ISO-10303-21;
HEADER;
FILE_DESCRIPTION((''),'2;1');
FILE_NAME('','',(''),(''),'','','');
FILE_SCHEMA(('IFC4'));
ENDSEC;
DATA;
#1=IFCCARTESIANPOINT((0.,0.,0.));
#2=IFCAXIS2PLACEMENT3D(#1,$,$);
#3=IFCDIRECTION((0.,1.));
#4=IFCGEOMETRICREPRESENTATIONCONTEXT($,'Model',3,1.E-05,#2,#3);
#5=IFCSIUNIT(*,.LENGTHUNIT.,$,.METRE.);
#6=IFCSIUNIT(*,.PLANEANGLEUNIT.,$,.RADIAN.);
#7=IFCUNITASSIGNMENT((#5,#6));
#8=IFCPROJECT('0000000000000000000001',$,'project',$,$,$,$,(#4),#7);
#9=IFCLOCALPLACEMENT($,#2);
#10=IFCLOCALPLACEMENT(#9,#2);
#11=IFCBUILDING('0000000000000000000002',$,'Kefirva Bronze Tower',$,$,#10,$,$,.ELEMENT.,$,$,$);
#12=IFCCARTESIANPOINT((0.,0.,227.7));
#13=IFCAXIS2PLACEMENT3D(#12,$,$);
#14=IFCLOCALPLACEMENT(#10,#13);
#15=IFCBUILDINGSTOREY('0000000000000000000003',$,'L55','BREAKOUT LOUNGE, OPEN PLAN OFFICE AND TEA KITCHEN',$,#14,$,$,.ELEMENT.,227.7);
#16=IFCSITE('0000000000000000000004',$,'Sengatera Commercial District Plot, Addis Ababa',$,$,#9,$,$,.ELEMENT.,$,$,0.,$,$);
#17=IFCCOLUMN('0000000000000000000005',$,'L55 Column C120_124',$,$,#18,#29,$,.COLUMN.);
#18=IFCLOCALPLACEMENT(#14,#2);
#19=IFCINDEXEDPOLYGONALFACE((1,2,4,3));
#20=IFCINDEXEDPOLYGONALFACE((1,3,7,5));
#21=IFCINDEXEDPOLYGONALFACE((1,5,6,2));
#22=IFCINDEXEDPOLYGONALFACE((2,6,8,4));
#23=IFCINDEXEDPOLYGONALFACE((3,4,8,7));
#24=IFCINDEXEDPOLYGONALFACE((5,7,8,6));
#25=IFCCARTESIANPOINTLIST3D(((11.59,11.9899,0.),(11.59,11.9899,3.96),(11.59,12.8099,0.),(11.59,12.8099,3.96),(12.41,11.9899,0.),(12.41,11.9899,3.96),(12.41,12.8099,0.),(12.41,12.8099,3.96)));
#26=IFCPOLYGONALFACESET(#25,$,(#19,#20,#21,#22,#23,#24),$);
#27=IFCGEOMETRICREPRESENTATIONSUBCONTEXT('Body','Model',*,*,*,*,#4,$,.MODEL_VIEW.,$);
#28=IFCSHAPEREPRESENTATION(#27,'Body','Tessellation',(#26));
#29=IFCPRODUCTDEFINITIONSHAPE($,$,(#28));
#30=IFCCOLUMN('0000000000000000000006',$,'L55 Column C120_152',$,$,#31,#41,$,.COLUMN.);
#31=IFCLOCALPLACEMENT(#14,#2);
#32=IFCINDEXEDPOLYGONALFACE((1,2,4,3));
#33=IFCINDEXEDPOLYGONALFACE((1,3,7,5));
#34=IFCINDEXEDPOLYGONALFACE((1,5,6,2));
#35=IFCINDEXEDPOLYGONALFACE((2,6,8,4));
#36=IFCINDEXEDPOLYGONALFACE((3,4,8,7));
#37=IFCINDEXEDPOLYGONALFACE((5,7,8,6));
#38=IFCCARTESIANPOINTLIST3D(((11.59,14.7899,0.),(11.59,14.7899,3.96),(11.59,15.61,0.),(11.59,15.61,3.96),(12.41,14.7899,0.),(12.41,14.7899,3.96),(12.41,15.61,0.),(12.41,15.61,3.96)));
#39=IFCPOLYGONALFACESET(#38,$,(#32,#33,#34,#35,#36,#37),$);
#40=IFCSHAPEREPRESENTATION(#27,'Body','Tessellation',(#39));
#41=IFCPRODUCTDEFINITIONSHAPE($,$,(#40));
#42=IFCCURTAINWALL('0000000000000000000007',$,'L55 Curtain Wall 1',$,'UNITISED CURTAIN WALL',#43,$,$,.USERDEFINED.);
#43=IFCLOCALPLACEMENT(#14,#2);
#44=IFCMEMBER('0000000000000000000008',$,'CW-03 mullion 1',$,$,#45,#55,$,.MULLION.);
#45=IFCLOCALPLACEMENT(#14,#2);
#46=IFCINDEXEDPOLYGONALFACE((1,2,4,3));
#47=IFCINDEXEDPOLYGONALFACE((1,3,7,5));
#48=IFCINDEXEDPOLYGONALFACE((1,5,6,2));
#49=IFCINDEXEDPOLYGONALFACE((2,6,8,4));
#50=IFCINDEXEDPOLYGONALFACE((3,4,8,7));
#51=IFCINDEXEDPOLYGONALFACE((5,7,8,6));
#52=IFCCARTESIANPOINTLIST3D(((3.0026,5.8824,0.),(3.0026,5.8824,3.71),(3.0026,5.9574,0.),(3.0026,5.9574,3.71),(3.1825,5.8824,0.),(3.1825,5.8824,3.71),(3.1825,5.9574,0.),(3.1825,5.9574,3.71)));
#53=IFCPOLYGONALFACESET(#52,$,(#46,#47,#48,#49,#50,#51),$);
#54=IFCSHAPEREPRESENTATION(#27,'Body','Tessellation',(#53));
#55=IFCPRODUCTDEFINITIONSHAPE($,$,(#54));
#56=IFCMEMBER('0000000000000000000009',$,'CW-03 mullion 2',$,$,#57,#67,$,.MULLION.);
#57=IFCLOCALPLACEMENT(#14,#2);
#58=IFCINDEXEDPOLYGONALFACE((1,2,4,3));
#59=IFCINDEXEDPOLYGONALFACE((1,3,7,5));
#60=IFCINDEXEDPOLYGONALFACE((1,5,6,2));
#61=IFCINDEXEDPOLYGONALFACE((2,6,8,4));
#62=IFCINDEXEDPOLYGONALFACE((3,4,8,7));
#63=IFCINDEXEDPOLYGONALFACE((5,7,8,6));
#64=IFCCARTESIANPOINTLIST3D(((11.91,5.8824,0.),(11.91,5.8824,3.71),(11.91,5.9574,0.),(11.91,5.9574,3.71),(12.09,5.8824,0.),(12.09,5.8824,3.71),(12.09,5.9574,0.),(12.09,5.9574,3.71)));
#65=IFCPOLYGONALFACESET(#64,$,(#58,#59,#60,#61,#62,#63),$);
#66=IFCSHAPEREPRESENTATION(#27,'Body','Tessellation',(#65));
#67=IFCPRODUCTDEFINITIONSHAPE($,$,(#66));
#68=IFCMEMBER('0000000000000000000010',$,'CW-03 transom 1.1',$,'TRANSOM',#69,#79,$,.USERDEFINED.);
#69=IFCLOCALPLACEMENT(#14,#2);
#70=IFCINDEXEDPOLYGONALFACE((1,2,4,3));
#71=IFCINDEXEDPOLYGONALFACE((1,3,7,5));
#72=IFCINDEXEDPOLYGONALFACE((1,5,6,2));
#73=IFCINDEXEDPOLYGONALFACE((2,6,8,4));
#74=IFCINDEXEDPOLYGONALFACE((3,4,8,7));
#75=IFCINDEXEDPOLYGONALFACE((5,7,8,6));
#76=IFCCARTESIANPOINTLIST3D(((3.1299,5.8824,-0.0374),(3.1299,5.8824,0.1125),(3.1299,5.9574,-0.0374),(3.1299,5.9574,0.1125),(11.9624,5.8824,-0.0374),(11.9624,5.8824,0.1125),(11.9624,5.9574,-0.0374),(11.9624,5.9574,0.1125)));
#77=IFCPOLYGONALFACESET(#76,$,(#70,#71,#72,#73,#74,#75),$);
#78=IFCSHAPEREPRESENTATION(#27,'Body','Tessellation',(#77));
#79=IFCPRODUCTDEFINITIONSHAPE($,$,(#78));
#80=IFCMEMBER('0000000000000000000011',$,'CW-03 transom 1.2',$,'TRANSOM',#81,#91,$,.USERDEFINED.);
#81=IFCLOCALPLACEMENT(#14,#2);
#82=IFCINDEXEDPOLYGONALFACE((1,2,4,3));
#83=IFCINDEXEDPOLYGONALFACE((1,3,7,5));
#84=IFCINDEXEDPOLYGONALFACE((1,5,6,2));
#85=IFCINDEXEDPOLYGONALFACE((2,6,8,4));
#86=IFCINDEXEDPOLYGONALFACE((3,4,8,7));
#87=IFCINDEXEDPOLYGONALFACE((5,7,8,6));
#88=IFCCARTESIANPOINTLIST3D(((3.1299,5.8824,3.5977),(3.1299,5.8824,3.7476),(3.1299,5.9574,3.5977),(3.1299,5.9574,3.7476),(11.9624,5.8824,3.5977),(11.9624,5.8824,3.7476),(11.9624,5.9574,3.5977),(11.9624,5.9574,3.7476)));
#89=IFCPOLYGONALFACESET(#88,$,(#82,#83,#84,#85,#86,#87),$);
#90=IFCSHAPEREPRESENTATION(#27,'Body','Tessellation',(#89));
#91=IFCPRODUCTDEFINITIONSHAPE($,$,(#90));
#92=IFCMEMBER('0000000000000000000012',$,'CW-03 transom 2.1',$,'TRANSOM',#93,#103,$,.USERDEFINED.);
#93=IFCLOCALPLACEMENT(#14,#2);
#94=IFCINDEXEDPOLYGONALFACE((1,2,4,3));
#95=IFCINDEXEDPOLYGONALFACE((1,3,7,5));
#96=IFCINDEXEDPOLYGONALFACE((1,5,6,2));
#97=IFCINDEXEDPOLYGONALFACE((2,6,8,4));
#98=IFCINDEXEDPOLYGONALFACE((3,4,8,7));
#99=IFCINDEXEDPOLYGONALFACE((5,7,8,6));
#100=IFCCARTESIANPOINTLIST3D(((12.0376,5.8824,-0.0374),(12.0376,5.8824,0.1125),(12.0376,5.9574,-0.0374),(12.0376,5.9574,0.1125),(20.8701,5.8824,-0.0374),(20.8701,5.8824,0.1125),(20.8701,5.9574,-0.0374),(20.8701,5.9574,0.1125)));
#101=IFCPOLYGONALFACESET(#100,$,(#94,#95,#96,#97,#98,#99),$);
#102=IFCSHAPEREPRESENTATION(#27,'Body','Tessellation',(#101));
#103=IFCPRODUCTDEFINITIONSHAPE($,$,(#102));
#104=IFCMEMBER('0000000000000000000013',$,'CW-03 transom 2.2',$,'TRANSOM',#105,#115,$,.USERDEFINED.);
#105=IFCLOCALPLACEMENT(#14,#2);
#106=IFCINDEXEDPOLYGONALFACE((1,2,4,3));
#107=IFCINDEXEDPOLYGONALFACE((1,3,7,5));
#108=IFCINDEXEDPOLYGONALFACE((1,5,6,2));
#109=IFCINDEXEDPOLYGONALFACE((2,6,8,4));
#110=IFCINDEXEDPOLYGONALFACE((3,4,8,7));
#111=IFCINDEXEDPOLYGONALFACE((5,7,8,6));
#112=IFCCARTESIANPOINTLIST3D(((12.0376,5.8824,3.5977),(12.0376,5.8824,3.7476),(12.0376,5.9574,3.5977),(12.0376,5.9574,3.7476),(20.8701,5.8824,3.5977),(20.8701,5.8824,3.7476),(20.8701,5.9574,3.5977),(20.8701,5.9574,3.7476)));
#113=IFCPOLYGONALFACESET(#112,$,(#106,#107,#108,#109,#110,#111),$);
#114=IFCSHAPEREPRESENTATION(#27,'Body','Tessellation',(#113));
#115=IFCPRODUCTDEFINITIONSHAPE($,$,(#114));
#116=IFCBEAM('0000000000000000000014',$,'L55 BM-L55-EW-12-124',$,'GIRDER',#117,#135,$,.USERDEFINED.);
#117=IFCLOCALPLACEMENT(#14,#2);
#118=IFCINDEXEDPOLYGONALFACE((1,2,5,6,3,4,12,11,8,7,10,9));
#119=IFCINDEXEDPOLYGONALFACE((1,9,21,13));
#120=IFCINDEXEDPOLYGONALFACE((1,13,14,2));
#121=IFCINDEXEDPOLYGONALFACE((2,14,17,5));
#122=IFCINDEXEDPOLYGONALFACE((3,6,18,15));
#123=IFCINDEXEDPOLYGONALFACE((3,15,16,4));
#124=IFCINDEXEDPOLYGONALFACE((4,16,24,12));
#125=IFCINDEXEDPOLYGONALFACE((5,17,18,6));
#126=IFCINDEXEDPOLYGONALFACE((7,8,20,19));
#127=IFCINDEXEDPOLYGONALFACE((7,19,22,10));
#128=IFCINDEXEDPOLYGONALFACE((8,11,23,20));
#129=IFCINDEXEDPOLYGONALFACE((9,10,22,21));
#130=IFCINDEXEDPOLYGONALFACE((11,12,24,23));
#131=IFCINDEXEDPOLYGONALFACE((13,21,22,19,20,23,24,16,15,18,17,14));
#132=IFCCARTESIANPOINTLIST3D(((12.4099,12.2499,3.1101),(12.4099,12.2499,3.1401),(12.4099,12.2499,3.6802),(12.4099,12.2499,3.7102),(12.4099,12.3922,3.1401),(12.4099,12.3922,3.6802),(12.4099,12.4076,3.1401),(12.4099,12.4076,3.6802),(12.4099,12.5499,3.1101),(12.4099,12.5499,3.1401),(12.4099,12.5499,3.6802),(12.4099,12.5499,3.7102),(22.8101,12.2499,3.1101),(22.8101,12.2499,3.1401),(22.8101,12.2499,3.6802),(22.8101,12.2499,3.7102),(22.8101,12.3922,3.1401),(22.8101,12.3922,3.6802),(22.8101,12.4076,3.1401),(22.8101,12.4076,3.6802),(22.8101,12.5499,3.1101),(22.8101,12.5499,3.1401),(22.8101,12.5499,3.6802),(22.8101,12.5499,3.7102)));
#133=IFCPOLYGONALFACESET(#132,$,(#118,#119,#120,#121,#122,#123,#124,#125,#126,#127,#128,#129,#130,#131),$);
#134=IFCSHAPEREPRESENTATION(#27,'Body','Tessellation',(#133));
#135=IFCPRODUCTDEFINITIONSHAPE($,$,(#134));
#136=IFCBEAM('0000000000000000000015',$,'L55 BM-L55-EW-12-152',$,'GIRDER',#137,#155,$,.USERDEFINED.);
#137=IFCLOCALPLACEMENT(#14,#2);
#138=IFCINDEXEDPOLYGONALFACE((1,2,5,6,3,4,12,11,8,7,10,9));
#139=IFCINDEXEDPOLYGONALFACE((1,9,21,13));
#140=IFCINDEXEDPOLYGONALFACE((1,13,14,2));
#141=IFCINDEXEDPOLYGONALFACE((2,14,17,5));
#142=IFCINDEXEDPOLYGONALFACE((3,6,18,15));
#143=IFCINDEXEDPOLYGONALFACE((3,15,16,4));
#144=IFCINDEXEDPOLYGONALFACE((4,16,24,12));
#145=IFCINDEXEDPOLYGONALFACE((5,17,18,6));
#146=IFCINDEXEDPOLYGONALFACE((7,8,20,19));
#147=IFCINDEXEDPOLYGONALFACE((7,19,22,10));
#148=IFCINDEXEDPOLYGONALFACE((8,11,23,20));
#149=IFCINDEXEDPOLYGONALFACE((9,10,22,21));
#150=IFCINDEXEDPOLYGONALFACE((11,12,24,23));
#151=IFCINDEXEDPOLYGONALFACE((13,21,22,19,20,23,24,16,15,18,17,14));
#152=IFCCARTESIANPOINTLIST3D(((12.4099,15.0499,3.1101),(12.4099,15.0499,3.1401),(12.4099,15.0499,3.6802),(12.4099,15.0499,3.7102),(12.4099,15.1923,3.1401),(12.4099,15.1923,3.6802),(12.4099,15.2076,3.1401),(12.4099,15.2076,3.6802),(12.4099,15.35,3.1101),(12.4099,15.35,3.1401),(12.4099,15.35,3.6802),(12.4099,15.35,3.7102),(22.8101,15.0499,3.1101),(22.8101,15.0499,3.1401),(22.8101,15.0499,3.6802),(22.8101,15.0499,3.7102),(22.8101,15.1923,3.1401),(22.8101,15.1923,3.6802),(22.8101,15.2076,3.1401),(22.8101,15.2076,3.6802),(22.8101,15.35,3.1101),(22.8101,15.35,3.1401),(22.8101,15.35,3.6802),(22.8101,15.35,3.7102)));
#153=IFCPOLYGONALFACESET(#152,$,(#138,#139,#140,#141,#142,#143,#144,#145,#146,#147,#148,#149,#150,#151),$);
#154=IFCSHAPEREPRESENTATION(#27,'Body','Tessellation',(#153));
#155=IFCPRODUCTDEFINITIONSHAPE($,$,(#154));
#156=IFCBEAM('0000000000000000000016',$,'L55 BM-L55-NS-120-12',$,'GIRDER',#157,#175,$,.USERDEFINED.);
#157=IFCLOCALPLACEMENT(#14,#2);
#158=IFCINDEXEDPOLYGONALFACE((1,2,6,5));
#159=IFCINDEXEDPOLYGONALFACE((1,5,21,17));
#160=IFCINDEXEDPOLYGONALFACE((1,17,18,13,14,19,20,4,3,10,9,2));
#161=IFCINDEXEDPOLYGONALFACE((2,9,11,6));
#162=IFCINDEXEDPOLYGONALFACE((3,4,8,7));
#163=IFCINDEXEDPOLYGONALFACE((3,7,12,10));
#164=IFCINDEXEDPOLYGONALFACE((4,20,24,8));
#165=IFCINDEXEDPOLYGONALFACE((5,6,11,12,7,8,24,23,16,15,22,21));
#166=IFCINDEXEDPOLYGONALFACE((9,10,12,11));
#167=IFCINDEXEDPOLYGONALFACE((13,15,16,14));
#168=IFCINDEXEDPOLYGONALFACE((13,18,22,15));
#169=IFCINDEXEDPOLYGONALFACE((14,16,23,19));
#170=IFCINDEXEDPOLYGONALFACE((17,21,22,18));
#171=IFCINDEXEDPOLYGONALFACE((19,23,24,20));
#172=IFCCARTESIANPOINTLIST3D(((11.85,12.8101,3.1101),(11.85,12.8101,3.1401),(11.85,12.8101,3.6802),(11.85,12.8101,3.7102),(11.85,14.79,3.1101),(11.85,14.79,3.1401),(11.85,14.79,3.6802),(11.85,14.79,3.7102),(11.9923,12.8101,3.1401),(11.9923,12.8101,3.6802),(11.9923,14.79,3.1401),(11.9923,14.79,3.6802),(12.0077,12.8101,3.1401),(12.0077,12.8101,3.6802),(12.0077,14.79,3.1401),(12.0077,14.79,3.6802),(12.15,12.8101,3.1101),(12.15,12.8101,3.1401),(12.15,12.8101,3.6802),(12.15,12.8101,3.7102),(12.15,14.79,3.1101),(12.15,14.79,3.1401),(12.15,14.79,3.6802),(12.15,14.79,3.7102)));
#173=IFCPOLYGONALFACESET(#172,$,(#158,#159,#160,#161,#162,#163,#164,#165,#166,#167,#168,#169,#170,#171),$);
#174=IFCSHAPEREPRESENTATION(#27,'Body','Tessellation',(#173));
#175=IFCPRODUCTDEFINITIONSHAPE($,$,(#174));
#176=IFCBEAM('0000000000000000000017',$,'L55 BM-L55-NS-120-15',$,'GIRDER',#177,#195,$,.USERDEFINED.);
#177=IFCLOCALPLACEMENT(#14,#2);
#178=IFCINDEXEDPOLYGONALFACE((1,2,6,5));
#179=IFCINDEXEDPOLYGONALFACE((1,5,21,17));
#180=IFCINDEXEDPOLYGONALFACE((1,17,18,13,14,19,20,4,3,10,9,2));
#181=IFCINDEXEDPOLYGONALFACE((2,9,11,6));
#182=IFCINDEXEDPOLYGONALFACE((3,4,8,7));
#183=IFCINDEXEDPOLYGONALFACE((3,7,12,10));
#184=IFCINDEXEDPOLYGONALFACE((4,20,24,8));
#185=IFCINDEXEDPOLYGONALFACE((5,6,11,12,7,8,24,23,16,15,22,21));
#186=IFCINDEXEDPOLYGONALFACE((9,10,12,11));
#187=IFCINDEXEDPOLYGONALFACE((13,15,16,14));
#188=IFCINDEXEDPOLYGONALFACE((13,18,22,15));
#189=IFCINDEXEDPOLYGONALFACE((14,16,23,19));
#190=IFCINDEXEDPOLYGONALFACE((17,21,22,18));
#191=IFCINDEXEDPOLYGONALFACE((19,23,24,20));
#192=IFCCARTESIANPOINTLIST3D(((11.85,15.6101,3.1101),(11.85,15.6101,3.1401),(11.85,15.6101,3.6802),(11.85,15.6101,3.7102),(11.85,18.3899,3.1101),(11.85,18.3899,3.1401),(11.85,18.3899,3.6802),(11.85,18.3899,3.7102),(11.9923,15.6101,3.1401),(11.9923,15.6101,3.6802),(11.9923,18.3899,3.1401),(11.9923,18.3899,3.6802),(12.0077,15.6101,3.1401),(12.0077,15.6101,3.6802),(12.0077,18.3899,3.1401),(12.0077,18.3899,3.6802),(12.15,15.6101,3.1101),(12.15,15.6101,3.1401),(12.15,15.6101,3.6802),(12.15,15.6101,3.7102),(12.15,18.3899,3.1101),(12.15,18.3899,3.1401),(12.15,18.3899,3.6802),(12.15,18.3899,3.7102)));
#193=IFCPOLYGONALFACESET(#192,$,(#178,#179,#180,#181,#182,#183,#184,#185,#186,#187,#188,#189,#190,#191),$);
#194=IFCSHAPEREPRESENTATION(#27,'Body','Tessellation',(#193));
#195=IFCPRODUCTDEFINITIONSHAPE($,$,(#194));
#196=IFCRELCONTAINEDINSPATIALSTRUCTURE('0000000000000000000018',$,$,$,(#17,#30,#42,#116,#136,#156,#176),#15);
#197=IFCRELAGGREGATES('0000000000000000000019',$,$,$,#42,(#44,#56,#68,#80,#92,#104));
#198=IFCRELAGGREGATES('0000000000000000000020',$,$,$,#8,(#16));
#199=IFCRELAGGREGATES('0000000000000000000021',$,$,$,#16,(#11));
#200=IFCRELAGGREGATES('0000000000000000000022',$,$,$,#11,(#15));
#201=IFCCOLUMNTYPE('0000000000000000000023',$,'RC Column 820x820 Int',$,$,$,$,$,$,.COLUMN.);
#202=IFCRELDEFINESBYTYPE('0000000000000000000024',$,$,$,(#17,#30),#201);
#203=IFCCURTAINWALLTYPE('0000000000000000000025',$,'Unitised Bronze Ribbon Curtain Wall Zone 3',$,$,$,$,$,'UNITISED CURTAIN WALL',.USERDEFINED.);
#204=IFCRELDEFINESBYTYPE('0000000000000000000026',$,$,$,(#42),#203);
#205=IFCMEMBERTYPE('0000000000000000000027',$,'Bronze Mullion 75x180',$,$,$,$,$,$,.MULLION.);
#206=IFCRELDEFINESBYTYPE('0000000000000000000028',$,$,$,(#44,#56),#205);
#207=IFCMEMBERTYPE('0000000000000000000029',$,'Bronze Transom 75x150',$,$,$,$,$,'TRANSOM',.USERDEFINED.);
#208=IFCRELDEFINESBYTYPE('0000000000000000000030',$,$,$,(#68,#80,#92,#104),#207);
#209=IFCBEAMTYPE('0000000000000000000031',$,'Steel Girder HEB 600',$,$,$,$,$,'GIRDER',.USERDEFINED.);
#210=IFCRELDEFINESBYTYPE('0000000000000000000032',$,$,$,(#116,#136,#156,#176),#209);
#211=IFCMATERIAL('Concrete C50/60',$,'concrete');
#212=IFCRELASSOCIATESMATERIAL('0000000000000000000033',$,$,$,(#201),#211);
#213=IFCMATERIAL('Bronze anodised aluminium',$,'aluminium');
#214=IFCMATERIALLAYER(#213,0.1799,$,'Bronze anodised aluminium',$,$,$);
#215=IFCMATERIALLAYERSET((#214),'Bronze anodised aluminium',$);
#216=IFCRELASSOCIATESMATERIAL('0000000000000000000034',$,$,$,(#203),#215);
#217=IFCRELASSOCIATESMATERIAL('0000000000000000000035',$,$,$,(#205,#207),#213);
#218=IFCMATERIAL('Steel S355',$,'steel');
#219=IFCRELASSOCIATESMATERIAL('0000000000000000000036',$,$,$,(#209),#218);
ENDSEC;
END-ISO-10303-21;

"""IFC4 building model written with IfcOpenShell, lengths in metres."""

from ifc_helpers import new_model, si_unit, direction, frame, origin, origin_2d, place, context, subcontext, project, spatial, rectangle, i_section, extrude, material, layer, layer_set, material_profile, profile_set, type_object, element, aggregate, save


model = new_model("IFC4")

# Units and contexts
model_context = context("Model", 3, precision=1e-05, world=origin(), true_north=direction((0.0, 1.0)))
body_context = subcontext(model_context, "Body", "Model", "MODEL_VIEW")
ifc_project = project(units=[si_unit("LENGTHUNIT", "METRE"), si_unit("PLANEANGLEUNIT", "RADIAN")], contexts=[model_context])

# Site, building, storey
site_placement = place(None, origin())
site = spatial("IfcSite", under=ifc_project, at=site_placement, Name="Sengatera Commercial District Plot, Addis Ababa", CompositionType="ELEMENT", RefElevation=0.0)
building_placement = place(site_placement, origin())
building = spatial("IfcBuilding", under=site, at=building_placement, Name="Kefirva Bronze Tower", CompositionType="ELEMENT")
storey_placement = place(building_placement, frame((0.0, 0.0, 227.7)))
storey = spatial("IfcBuildingStorey", under=building, at=storey_placement, Name="L55", Description="BREAKOUT LOUNGE, OPEN PLAN OFFICE AND TEA KITCHEN", CompositionType="ELEMENT", Elevation=227.7)

# Columns
ifc_material_1 = material(Name="Concrete C50/60", Category="concrete")
ifc_material_profile_1 = material_profile(ifc_material_1, rectangle(XDim=0.8201, YDim=0.8201, at=origin_2d()), Name="RC 820x820")
ifc_profile_set_1 = profile_set([ifc_material_profile_1], Name="Concrete C50/60")
column_type = type_object("IfcColumnType", Name="RC Column 820x820 Int", PredefinedType="COLUMN", material=ifc_profile_set_1)
for number, where, z_axis, x_axis, name in (
    (1, (12.0, 12.3999, 0.0), (0.0, 0.0, 1.0), (1.0, 0.0, 0.0), "L55 Column C120_124"),
    (2, (12.0, 15.2, 0.0), (0.0, 0.0, 1.0), (1.0, 0.0, 0.0), "L55 Column C120_152"),
):
    element("IfcColumn", number, at=place(storey_placement, frame(where, z_axis=z_axis, x_axis=x_axis)), inside=storey, type_object=column_type, Name=name, PredefinedType="COLUMN", context=body_context, shape_type="SweptSolid", body=[
        extrude(rectangle(XDim=0.8201, YDim=0.8201, at=origin_2d()), origin(), (0.0, 0.0, 1.0), 3.96),
    ])

# Curtain wall, members
ifc_material_2 = material(Name="Bronze anodised aluminium", Category="aluminium")
ifc_layer_1 = layer(ifc_material_2, 0.1799, Name="Bronze anodised aluminium")
ifc_layer_set_1 = layer_set([ifc_layer_1], Name="Bronze anodised aluminium")
curtain_wall_type = type_object("IfcCurtainWallType", Name="Unitised Bronze Ribbon Curtain Wall Zone 3", ElementType="UNITISED CURTAIN WALL", PredefinedType="USERDEFINED", material=ifc_layer_set_1)
curtain_wall_placement = place(storey_placement, origin())
curtain_wall = element("IfcCurtainWall", 3, at=curtain_wall_placement, inside=storey, type_object=curtain_wall_type, Name="L55 Curtain Wall 1", ObjectType="UNITISED CURTAIN WALL", PredefinedType="USERDEFINED")
ifc_material_profile_2 = material_profile(ifc_material_2, rectangle(XDim=0.075, YDim=0.1799, at=origin_2d()), Name="ALU 75x180")
ifc_profile_set_2 = profile_set([ifc_material_profile_2], Name="Bronze anodised aluminium")
member_type_1 = type_object("IfcMemberType", Name="Bronze Mullion 75x180", PredefinedType="MULLION", material=ifc_profile_set_2)
member_1_placement = place(storey_placement, frame((3.0925, 5.9199, 0.0), z_axis=(0.0, 0.0, 1.0), x_axis=(0.0, 1.0, 0.0)))
member_1 = element("IfcMember", 4, at=member_1_placement, type_object=member_type_1, Name="CW-03 mullion 1", PredefinedType="MULLION", context=body_context, shape_type="SweptSolid", body=[
    extrude(rectangle(XDim=0.075, YDim=0.1799, at=origin_2d()), origin(), (0.0, 0.0, 1.0), 3.71),
])
member_2_placement = place(storey_placement, frame((12.0, 5.9199, 0.0), z_axis=(0.0, 0.0, 1.0), x_axis=(0.0, 1.0, 0.0)))
member_2 = element("IfcMember", 5, at=member_2_placement, type_object=member_type_1, Name="CW-03 mullion 2", PredefinedType="MULLION", context=body_context, shape_type="SweptSolid", body=[
    extrude(rectangle(XDim=0.075, YDim=0.1799, at=origin_2d()), origin(), (0.0, 0.0, 1.0), 3.71),
])
ifc_material_profile_3 = material_profile(ifc_material_2, rectangle(XDim=0.075, YDim=0.1499, at=origin_2d()), Name="ALU 75x150")
ifc_profile_set_3 = profile_set([ifc_material_profile_3], Name="Bronze anodised aluminium")
member_type_2 = type_object("IfcMemberType", Name="Bronze Transom 75x150", ElementType="TRANSOM", PredefinedType="USERDEFINED", material=ifc_profile_set_3)
member_3_placement = place(storey_placement, frame((3.1299, 5.9199, 0.0376), z_axis=(1.0, 0.0, 0.0), x_axis=(0.0, 1.0, 0.0)))
member_3 = element("IfcMember", 6, at=member_3_placement, type_object=member_type_2, Name="CW-03 transom 1.1", ObjectType="TRANSOM", PredefinedType="USERDEFINED", context=body_context, shape_type="SweptSolid", body=[
    extrude(rectangle(XDim=0.075, YDim=0.1499, at=origin_2d()), origin(), (0.0, 0.0, 1.0), 8.8325),
])
member_4_placement = place(storey_placement, frame((3.1299, 5.9199, 3.6726), z_axis=(1.0, 0.0, 0.0), x_axis=(0.0, 1.0, 0.0)))
member_4 = element("IfcMember", 7, at=member_4_placement, type_object=member_type_2, Name="CW-03 transom 1.2", ObjectType="TRANSOM", PredefinedType="USERDEFINED", context=body_context, shape_type="SweptSolid", body=[
    extrude(rectangle(XDim=0.075, YDim=0.1499, at=origin_2d()), origin(), (0.0, 0.0, 1.0), 8.8325),
])
member_5_placement = place(storey_placement, frame((12.0376, 5.9199, 0.0376), z_axis=(1.0, 0.0, 0.0), x_axis=(0.0, 1.0, 0.0)))
member_5 = element("IfcMember", 8, at=member_5_placement, type_object=member_type_2, Name="CW-03 transom 2.1", ObjectType="TRANSOM", PredefinedType="USERDEFINED", context=body_context, shape_type="SweptSolid", body=[
    extrude(rectangle(XDim=0.075, YDim=0.1499, at=origin_2d()), origin(), (0.0, 0.0, 1.0), 8.8325),
])
member_6_placement = place(storey_placement, frame((12.0376, 5.9199, 3.6726), z_axis=(1.0, 0.0, 0.0), x_axis=(0.0, 1.0, 0.0)))
member_6 = element("IfcMember", 9, at=member_6_placement, type_object=member_type_2, Name="CW-03 transom 2.2", ObjectType="TRANSOM", PredefinedType="USERDEFINED", context=body_context, shape_type="SweptSolid", body=[
    extrude(rectangle(XDim=0.075, YDim=0.1499, at=origin_2d()), origin(), (0.0, 0.0, 1.0), 8.8325),
])

# Beams
ifc_material_3 = material(Name="Steel S355", Category="steel")
ifc_material_profile_4 = material_profile(ifc_material_3, i_section(OverallWidth=0.3, OverallDepth=0.6001, WebThickness=0.0154, FlangeThickness=0.03, at=origin_2d()), Name="HEB 600")
ifc_profile_set_4 = profile_set([ifc_material_profile_4], Name="Steel S355")
beam_type = type_object("IfcBeamType", Name="Steel Girder HEB 600", ElementType="GIRDER", PredefinedType="USERDEFINED", material=ifc_profile_set_4)
for number, where, z_axis, x_axis, name in (
    (10, (12.4099, 12.3999, 3.4102), (1.0, 0.0, 0.0), (0.0, 1.0, 0.0), "L55 BM-L55-EW-12-124"),
    (11, (12.4099, 15.2, 3.4102), (1.0, 0.0, 0.0), (0.0, 1.0, 0.0), "L55 BM-L55-EW-12-152"),
):
    element("IfcBeam", number, at=place(storey_placement, frame(where, z_axis=z_axis, x_axis=x_axis)), inside=storey, type_object=beam_type, Name=name, ObjectType="GIRDER", PredefinedType="USERDEFINED", context=body_context, shape_type="SweptSolid", body=[
        extrude(i_section(OverallWidth=0.3, OverallDepth=0.6001, WebThickness=0.0154, FlangeThickness=0.03, at=origin_2d()), origin(), (0.0, 0.0, 1.0), 10.4001),
    ])
beam_1_placement = place(storey_placement, frame((12.0, 12.8101, 3.4102), z_axis=(0.0, 1.0, 0.0), x_axis=(-1.0, 0.0, 0.0)))
element("IfcBeam", 12, at=beam_1_placement, inside=storey, type_object=beam_type, Name="L55 BM-L55-NS-120-12", ObjectType="GIRDER", PredefinedType="USERDEFINED", context=body_context, shape_type="SweptSolid", body=[
    extrude(i_section(OverallWidth=0.3, OverallDepth=0.6001, WebThickness=0.0154, FlangeThickness=0.03, at=origin_2d()), origin(), (0.0, 0.0, 1.0), 1.98),
])
beam_2_placement = place(storey_placement, frame((12.0, 15.6101, 3.4102), z_axis=(0.0, 1.0, 0.0), x_axis=(-1.0, 0.0, 0.0)))
element("IfcBeam", 13, at=beam_2_placement, inside=storey, type_object=beam_type, Name="L55 BM-L55-NS-120-15", ObjectType="GIRDER", PredefinedType="USERDEFINED", context=body_context, shape_type="SweptSolid", body=[
    extrude(i_section(OverallWidth=0.3, OverallDepth=0.6001, WebThickness=0.0154, FlangeThickness=0.03, at=origin_2d()), origin(), (0.0, 0.0, 1.0), 2.7798),
])

aggregate(curtain_wall, [member_1, member_2, member_3, member_4, member_5, member_6])

save(model, "model.ifc")
